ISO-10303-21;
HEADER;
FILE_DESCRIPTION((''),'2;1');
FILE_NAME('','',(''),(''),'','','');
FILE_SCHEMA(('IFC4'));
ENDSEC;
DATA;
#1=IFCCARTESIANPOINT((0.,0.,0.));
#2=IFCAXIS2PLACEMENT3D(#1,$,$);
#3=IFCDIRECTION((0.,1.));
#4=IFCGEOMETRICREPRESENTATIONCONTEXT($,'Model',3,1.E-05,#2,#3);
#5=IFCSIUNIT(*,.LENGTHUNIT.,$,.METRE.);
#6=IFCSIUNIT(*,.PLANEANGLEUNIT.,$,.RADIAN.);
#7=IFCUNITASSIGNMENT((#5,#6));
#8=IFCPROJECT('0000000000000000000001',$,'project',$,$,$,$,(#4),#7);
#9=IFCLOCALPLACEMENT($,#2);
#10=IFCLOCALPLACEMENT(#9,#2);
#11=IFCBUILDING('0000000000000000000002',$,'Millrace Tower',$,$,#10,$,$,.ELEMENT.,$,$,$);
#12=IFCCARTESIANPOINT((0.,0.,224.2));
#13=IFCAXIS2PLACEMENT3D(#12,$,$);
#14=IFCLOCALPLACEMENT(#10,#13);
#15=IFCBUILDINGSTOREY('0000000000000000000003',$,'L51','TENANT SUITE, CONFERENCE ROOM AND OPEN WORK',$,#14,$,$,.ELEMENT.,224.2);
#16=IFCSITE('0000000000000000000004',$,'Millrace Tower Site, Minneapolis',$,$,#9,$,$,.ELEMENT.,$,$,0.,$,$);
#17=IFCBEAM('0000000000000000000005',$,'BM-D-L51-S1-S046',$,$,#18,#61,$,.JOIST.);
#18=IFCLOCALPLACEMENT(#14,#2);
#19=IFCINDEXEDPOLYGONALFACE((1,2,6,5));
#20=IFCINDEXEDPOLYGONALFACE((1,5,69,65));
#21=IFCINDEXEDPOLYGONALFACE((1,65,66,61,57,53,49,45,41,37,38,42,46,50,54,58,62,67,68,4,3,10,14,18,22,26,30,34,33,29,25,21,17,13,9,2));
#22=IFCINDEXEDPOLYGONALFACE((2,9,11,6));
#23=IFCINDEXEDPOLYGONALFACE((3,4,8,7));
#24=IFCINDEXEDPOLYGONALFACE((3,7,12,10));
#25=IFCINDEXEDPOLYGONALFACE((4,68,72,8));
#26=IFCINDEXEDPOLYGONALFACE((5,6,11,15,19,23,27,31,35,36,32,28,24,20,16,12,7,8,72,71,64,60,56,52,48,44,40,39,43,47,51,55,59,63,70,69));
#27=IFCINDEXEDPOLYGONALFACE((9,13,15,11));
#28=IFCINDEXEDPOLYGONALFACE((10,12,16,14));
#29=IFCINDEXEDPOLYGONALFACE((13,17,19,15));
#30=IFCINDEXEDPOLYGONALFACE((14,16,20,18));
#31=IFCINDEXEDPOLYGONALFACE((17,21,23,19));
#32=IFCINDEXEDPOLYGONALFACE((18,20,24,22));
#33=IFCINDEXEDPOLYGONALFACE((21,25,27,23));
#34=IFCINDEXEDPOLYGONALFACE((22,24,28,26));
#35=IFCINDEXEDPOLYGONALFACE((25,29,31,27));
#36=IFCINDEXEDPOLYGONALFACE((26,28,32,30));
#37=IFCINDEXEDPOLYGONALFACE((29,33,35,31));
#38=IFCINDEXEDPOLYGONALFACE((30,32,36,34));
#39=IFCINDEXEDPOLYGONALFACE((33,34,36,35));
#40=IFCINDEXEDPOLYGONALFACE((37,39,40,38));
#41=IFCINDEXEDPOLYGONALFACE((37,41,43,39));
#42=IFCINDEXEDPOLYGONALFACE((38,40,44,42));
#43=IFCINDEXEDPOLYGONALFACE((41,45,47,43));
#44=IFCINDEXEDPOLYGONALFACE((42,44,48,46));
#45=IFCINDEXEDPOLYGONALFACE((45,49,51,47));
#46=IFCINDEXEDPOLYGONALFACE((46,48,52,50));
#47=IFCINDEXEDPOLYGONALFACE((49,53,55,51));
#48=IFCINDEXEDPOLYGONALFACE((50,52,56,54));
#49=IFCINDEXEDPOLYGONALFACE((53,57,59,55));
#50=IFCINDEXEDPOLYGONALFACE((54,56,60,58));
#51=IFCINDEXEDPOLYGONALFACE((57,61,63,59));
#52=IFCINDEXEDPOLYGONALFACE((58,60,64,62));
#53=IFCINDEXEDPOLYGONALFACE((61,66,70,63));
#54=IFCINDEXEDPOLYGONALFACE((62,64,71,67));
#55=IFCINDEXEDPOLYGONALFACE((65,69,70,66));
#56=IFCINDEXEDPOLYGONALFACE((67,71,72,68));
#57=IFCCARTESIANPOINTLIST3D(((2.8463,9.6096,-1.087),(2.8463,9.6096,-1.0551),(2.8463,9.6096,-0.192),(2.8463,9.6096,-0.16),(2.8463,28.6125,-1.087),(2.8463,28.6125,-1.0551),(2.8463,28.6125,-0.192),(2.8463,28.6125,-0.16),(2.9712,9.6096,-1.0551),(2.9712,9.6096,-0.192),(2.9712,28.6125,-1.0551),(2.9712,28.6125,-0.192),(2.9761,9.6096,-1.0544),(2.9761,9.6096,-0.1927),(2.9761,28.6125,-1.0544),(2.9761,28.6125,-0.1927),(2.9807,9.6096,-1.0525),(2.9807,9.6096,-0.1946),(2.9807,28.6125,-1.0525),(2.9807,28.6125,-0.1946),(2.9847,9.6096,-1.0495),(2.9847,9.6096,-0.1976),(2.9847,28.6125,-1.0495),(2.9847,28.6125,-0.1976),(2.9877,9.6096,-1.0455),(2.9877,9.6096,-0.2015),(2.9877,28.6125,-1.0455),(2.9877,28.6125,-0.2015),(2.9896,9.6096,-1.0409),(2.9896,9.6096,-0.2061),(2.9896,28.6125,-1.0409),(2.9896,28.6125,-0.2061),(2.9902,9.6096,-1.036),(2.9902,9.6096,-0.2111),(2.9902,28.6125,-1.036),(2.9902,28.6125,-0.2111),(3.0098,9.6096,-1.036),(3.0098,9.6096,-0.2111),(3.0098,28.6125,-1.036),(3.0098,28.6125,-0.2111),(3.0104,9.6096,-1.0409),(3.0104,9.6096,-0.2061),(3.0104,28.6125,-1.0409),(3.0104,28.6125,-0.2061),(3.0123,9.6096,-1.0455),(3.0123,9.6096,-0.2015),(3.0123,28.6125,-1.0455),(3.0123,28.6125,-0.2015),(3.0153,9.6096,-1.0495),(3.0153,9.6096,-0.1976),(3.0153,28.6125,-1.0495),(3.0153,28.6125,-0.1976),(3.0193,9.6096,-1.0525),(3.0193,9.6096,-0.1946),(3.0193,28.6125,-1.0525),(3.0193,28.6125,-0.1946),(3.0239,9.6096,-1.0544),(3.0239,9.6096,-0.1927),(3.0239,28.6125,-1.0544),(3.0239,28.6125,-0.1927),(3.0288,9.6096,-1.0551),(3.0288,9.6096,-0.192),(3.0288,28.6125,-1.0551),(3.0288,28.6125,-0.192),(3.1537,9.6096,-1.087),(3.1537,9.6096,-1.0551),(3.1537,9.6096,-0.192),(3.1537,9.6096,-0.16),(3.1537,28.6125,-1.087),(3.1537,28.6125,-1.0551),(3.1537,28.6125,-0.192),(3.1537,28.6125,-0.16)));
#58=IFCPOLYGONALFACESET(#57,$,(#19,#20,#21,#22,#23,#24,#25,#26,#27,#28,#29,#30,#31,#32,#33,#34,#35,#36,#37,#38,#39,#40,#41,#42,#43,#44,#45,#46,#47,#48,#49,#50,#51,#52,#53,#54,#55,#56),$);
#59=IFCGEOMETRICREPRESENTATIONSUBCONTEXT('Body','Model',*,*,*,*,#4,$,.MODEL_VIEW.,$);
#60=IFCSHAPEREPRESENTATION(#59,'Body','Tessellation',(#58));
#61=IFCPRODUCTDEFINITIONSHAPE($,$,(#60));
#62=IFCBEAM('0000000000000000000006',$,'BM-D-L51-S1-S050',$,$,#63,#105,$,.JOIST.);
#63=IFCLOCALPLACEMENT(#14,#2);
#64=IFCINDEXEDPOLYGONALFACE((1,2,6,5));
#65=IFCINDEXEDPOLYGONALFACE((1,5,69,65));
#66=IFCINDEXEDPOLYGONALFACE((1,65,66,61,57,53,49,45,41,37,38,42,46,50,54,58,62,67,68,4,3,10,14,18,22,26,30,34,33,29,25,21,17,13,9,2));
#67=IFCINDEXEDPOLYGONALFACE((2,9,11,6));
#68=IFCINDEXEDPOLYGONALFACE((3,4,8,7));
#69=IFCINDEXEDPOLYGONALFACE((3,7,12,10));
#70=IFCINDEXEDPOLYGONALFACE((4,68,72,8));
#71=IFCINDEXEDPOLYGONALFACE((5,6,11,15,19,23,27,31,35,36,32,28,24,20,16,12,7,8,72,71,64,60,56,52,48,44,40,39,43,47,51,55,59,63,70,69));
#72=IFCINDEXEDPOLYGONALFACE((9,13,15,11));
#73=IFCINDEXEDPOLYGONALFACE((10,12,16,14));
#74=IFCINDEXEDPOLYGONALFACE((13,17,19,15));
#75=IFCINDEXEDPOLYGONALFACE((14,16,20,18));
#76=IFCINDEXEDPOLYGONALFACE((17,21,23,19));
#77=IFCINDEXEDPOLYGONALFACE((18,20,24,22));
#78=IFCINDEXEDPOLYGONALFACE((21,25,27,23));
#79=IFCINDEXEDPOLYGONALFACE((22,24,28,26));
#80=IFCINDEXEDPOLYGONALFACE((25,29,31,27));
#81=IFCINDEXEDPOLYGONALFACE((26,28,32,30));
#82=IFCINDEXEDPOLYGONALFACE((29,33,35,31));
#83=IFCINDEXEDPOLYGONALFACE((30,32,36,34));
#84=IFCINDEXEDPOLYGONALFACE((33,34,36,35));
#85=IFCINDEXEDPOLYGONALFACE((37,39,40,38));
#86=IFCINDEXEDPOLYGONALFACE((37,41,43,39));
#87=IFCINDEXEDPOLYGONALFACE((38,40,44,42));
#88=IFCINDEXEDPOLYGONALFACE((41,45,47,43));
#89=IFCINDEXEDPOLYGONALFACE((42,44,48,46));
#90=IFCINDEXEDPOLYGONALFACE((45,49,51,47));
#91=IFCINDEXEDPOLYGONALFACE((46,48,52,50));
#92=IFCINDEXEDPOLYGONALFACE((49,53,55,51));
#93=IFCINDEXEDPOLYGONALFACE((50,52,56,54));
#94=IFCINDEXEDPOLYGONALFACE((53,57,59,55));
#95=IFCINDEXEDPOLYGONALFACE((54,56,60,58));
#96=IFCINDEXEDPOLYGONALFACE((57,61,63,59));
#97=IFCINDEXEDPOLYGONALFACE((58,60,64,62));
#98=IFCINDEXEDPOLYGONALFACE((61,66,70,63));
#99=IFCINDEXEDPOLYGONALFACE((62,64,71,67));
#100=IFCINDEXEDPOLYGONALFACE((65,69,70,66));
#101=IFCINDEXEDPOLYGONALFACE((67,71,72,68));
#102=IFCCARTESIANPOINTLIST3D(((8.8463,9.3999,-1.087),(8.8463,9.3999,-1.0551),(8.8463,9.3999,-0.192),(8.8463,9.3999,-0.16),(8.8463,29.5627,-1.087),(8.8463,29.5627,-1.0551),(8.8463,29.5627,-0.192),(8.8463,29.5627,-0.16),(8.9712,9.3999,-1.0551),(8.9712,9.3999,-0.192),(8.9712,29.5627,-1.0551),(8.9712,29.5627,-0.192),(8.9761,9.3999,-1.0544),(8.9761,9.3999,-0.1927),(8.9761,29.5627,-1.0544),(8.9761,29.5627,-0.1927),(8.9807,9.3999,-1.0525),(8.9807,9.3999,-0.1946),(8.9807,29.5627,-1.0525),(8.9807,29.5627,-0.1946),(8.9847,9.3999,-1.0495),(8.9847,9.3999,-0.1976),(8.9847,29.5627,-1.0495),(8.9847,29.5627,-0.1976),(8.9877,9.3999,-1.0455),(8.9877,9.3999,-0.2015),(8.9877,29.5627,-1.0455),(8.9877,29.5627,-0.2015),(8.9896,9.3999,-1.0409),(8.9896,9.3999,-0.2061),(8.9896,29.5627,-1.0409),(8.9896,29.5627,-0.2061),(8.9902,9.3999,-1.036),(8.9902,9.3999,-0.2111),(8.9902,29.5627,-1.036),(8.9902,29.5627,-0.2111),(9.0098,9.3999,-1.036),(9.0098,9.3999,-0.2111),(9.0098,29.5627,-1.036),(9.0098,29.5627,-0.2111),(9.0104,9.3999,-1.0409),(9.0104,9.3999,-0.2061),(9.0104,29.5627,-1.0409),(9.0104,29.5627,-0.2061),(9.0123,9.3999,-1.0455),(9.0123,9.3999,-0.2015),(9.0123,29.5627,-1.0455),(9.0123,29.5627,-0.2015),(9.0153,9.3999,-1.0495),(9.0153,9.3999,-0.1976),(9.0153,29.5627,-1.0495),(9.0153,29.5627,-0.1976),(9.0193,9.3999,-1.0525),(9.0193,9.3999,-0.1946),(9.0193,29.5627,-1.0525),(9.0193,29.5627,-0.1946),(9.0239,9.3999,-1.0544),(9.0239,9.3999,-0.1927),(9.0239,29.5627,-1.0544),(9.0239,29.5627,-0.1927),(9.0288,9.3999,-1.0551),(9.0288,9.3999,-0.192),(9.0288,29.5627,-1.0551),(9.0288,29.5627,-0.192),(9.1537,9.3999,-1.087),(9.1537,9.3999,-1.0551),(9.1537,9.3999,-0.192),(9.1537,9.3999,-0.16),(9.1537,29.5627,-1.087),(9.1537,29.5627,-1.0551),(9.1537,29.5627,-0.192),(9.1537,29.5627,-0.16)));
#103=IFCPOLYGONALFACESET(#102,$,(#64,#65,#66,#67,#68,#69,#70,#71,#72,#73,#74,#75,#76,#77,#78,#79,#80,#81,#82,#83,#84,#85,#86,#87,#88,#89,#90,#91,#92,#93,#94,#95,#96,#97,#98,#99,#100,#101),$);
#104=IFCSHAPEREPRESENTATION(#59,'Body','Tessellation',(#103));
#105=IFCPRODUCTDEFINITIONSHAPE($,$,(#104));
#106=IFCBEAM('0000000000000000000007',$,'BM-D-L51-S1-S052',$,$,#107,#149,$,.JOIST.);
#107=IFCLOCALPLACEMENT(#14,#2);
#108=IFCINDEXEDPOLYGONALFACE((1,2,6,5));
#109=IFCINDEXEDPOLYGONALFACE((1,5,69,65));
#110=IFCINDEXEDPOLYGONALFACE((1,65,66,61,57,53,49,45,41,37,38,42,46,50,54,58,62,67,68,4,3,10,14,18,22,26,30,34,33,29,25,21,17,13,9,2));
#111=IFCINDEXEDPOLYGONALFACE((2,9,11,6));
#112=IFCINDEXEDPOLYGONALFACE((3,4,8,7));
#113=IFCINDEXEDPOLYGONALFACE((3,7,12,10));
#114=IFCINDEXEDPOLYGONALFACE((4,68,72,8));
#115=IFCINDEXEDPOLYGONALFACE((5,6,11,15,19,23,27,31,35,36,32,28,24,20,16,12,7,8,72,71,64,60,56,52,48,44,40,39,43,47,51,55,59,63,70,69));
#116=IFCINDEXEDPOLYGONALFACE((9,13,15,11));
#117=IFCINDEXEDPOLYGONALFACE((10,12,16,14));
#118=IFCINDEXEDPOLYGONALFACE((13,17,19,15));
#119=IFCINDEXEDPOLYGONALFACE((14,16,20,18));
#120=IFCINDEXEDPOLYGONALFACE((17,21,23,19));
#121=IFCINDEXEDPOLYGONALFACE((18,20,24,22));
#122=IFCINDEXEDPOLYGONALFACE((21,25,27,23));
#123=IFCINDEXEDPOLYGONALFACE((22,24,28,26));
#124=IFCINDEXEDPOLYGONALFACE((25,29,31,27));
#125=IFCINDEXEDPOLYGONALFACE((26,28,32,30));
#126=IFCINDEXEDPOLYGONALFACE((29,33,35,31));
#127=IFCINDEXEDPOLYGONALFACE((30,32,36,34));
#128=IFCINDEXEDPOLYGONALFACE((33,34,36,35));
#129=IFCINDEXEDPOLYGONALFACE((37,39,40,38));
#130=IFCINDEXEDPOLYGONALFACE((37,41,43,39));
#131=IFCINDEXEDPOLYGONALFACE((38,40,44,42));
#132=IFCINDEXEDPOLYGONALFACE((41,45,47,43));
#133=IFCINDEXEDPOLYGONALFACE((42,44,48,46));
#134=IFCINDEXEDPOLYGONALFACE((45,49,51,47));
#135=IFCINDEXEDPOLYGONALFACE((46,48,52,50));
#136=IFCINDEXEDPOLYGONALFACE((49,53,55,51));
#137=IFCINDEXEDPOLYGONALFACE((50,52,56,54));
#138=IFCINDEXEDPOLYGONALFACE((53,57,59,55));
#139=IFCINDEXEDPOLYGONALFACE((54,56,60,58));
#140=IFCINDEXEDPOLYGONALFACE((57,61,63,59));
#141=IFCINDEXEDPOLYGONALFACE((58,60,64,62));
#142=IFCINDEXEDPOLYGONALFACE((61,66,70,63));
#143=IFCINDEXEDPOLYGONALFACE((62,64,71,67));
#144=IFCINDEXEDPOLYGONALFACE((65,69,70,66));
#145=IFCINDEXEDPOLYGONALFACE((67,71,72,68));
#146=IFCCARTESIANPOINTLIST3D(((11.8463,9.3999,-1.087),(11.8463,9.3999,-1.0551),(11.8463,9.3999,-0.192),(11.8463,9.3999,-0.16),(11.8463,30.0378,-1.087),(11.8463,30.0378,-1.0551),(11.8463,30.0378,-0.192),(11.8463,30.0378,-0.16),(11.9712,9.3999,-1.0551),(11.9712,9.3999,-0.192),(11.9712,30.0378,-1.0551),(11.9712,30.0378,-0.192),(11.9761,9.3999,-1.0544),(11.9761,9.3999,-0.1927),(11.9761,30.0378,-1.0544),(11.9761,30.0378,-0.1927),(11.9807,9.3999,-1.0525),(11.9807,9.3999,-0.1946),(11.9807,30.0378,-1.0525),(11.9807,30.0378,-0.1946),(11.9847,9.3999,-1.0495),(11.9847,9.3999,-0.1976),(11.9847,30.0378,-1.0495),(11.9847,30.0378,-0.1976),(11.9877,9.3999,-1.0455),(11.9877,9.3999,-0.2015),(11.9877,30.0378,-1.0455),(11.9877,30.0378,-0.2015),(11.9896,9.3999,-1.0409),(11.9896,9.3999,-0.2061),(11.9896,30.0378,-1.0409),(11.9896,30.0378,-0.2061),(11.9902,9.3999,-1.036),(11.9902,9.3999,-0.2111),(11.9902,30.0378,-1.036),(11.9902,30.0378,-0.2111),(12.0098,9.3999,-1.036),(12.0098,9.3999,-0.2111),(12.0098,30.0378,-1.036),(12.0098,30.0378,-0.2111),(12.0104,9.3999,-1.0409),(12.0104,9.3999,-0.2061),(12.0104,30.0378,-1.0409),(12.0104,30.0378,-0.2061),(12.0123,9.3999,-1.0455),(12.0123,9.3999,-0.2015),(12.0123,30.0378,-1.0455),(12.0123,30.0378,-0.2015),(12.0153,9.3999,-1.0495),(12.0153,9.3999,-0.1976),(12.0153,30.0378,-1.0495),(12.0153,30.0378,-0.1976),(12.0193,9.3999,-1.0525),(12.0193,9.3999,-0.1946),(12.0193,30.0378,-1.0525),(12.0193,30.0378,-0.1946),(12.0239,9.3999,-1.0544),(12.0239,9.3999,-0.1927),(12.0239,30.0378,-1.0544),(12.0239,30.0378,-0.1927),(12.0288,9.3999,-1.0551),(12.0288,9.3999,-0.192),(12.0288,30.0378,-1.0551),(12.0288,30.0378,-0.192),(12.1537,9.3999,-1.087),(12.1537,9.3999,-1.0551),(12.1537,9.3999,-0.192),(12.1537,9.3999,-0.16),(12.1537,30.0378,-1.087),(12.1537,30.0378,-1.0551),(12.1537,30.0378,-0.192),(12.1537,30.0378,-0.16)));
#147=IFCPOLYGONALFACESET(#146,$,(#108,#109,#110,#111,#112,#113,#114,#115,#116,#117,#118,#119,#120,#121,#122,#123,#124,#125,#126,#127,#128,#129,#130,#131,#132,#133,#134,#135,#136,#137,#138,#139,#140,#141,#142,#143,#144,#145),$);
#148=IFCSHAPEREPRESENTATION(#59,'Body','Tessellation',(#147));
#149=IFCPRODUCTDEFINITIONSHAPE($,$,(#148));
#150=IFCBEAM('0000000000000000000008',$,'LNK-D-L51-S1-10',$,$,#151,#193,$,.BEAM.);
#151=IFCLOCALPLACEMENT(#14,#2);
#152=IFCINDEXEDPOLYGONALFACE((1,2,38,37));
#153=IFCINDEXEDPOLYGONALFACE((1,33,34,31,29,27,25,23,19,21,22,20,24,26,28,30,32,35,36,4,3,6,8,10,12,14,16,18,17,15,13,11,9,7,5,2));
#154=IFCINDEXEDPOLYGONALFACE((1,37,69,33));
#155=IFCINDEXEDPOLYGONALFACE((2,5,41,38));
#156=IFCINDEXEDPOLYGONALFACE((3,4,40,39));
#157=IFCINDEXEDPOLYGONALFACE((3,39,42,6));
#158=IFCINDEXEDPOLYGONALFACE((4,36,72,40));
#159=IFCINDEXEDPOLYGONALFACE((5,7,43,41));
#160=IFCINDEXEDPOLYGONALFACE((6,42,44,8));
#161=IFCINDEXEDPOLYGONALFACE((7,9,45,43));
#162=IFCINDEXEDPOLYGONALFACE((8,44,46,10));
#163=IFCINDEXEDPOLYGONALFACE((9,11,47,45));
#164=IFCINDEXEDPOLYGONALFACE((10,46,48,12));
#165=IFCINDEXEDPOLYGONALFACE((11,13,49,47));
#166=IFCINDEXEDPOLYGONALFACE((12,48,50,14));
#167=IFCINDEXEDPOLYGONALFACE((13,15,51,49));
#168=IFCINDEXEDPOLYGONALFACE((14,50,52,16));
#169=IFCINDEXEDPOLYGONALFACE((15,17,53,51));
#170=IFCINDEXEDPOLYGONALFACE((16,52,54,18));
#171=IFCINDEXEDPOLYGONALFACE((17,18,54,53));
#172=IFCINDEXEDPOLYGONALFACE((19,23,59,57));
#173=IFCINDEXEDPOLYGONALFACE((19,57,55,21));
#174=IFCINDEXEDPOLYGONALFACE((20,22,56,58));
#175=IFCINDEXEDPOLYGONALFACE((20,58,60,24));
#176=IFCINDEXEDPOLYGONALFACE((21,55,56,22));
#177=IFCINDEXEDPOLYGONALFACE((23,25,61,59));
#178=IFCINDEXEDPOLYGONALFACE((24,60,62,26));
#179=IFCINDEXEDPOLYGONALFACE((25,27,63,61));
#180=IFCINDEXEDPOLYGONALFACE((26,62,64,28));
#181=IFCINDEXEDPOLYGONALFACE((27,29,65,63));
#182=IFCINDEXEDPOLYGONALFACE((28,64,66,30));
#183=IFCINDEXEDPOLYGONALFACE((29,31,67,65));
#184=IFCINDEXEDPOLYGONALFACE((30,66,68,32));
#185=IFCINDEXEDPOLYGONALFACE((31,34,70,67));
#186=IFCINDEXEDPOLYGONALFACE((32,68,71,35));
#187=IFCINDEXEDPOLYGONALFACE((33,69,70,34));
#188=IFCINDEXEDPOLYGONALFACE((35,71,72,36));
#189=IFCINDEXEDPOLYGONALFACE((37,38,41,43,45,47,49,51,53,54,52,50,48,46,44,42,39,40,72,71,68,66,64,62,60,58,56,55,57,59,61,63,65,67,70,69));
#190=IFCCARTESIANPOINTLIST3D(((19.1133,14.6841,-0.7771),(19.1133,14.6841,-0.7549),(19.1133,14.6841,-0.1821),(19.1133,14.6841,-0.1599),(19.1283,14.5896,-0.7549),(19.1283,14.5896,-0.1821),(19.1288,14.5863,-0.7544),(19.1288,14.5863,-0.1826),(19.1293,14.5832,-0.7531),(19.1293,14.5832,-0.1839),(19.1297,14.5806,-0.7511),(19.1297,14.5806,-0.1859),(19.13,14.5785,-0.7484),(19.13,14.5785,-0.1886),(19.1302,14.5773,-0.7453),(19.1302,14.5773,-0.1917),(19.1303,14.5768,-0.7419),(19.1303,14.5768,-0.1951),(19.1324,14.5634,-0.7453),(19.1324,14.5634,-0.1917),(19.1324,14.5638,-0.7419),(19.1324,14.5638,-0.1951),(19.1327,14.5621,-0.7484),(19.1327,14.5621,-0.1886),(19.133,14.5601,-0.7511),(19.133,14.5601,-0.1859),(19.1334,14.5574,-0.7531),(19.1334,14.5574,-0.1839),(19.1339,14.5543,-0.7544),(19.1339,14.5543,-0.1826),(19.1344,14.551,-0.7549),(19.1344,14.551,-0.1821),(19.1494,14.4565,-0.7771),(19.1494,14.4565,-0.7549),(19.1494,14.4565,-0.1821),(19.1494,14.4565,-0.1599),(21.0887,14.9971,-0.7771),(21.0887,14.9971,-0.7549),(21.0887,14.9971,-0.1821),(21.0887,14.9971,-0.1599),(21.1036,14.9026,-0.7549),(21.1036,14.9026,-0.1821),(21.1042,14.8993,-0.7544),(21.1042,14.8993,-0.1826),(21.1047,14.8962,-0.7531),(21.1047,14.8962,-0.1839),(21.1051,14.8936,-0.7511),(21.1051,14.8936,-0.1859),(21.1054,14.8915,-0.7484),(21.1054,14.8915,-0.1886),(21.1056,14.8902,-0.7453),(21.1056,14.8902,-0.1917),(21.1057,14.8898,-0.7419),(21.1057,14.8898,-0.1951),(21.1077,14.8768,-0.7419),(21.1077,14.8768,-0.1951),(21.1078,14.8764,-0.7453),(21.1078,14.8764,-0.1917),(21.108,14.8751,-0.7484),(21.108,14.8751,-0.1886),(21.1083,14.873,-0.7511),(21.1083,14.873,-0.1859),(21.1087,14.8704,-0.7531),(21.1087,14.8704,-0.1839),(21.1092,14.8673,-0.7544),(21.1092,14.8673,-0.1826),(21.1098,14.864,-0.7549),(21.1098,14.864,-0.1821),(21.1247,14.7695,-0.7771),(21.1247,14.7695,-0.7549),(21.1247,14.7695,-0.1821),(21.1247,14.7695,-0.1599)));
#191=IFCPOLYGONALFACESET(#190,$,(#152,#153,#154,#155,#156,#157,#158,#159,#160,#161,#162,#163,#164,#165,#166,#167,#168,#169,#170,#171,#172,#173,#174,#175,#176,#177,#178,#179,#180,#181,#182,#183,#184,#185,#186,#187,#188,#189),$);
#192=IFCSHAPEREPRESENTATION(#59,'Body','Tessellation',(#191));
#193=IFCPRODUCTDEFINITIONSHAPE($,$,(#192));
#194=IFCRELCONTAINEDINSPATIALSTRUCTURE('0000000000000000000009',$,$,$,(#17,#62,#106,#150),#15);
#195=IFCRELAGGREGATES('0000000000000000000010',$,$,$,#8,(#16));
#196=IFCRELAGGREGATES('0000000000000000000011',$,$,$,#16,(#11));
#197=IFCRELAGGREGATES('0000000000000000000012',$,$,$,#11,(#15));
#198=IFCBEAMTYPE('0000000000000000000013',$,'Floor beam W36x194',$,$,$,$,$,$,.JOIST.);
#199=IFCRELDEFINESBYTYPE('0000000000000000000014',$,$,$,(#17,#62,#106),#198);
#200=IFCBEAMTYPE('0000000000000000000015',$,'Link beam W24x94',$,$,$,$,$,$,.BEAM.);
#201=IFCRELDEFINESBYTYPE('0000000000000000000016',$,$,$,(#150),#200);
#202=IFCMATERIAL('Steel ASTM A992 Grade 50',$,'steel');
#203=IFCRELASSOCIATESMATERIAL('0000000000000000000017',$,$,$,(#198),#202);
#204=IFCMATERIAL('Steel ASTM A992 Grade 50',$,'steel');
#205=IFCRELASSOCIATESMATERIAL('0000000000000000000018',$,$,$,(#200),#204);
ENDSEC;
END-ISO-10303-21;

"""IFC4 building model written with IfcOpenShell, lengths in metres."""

from ifc_helpers import new_model, si_unit, direction, frame, origin, origin_2d, place, context, subcontext, project, spatial, i_section, extrude, material, material_profile, profile_set, type_object, element, save


model = new_model("IFC4")

# Units and contexts
model_context = context("Model", 3, precision=1e-05, world=origin(), true_north=direction((0.0, 1.0)))
body_context = subcontext(model_context, "Body", "Model", "MODEL_VIEW")
ifc_project = project(units=[si_unit("LENGTHUNIT", "METRE"), si_unit("PLANEANGLEUNIT", "RADIAN")], contexts=[model_context])

# Site, building, storey
site_placement = place(None, origin())
site = spatial("IfcSite", under=ifc_project, at=site_placement, Name="Millrace Tower Site, Minneapolis", CompositionType="ELEMENT", RefElevation=0.0)
building_placement = place(site_placement, origin())
building = spatial("IfcBuilding", under=site, at=building_placement, Name="Millrace Tower", CompositionType="ELEMENT")
storey_placement = place(building_placement, frame((0.0, 0.0, 224.2)))
storey = spatial("IfcBuildingStorey", under=building, at=storey_placement, Name="L51", Description="TENANT SUITE, CONFERENCE ROOM AND OPEN WORK", CompositionType="ELEMENT", Elevation=224.2)

# Beams
ifc_material_1 = material(Name="Steel ASTM A992 Grade 50", Category="steel")
ifc_material_profile_1 = material_profile(ifc_material_1, i_section(OverallWidth=0.3074, OverallDepth=0.927, WebThickness=0.0195, FlangeThickness=0.032, FilletRadius=0.019, at=origin_2d()))
ifc_profile_set_1 = profile_set([ifc_material_profile_1], Name="Steel ASTM A992 Grade 50")
beam_type_1 = type_object("IfcBeamType", Name="Floor beam W36x194", PredefinedType="JOIST", material=ifc_profile_set_1)
beam_1_placement = place(storey_placement, frame((3.0, 9.6096, -0.6235), z_axis=(0.0, 1.0, 0.0), x_axis=(-1.0, 0.0, 0.0)))
element("IfcBeam", 1, at=beam_1_placement, inside=storey, type_object=beam_type_1, Name="BM-D-L51-S1-S046", PredefinedType="JOIST", context=body_context, shape_type="SweptSolid", body=[
    extrude(i_section(OverallWidth=0.3074, OverallDepth=0.927, WebThickness=0.0195, FlangeThickness=0.032, FilletRadius=0.019, at=origin_2d()), origin(), (0.0, 0.0, 1.0), 19.0029),
])
beam_2_placement = place(storey_placement, frame((9.0, 9.3999, -0.6235), z_axis=(0.0, 1.0, 0.0), x_axis=(-1.0, 0.0, 0.0)))
element("IfcBeam", 2, at=beam_2_placement, inside=storey, type_object=beam_type_1, Name="BM-D-L51-S1-S050", PredefinedType="JOIST", context=body_context, shape_type="SweptSolid", body=[
    extrude(i_section(OverallWidth=0.3074, OverallDepth=0.927, WebThickness=0.0195, FlangeThickness=0.032, FilletRadius=0.019, at=origin_2d()), origin(), (0.0, 0.0, 1.0), 20.1628),
])
beam_3_placement = place(storey_placement, frame((12.0, 9.3999, -0.6235), z_axis=(0.0, 1.0, 0.0), x_axis=(-1.0, 0.0, 0.0)))
element("IfcBeam", 3, at=beam_3_placement, inside=storey, type_object=beam_type_1, Name="BM-D-L51-S1-S052", PredefinedType="JOIST", context=body_context, shape_type="SweptSolid", body=[
    extrude(i_section(OverallWidth=0.3074, OverallDepth=0.927, WebThickness=0.0195, FlangeThickness=0.032, FilletRadius=0.019, at=origin_2d()), origin(), (0.0, 0.0, 1.0), 20.6379),
])
ifc_material_2 = material(Name="Steel ASTM A992 Grade 50", Category="steel")
ifc_material_profile_2 = material_profile(ifc_material_2, i_section(OverallWidth=0.2305, OverallDepth=0.6172, WebThickness=0.0132, FlangeThickness=0.0222, FilletRadius=0.0129, at=origin_2d()))
ifc_profile_set_2 = profile_set([ifc_material_profile_2], Name="Steel ASTM A992 Grade 50")
beam_type_2 = type_object("IfcBeamType", Name="Link beam W24x94", PredefinedType="BEAM", material=ifc_profile_set_2)
beam_4_placement = place(storey_placement, frame((19.1313, 14.5703, -0.4685), z_axis=(0.987679, 0.156495, 0.0), x_axis=(-0.156495, 0.987679, 0.0)))
element("IfcBeam", 4, at=beam_4_placement, inside=storey, type_object=beam_type_2, Name="LNK-D-L51-S1-10", PredefinedType="BEAM", context=body_context, shape_type="SweptSolid", body=[
    extrude(i_section(OverallWidth=0.2305, OverallDepth=0.6172, WebThickness=0.0132, FlangeThickness=0.0222, FilletRadius=0.0129, at=origin_2d()), origin(), (0.0, 0.0, 1.0), 2.0),
])

save(model, "model.ifc")
